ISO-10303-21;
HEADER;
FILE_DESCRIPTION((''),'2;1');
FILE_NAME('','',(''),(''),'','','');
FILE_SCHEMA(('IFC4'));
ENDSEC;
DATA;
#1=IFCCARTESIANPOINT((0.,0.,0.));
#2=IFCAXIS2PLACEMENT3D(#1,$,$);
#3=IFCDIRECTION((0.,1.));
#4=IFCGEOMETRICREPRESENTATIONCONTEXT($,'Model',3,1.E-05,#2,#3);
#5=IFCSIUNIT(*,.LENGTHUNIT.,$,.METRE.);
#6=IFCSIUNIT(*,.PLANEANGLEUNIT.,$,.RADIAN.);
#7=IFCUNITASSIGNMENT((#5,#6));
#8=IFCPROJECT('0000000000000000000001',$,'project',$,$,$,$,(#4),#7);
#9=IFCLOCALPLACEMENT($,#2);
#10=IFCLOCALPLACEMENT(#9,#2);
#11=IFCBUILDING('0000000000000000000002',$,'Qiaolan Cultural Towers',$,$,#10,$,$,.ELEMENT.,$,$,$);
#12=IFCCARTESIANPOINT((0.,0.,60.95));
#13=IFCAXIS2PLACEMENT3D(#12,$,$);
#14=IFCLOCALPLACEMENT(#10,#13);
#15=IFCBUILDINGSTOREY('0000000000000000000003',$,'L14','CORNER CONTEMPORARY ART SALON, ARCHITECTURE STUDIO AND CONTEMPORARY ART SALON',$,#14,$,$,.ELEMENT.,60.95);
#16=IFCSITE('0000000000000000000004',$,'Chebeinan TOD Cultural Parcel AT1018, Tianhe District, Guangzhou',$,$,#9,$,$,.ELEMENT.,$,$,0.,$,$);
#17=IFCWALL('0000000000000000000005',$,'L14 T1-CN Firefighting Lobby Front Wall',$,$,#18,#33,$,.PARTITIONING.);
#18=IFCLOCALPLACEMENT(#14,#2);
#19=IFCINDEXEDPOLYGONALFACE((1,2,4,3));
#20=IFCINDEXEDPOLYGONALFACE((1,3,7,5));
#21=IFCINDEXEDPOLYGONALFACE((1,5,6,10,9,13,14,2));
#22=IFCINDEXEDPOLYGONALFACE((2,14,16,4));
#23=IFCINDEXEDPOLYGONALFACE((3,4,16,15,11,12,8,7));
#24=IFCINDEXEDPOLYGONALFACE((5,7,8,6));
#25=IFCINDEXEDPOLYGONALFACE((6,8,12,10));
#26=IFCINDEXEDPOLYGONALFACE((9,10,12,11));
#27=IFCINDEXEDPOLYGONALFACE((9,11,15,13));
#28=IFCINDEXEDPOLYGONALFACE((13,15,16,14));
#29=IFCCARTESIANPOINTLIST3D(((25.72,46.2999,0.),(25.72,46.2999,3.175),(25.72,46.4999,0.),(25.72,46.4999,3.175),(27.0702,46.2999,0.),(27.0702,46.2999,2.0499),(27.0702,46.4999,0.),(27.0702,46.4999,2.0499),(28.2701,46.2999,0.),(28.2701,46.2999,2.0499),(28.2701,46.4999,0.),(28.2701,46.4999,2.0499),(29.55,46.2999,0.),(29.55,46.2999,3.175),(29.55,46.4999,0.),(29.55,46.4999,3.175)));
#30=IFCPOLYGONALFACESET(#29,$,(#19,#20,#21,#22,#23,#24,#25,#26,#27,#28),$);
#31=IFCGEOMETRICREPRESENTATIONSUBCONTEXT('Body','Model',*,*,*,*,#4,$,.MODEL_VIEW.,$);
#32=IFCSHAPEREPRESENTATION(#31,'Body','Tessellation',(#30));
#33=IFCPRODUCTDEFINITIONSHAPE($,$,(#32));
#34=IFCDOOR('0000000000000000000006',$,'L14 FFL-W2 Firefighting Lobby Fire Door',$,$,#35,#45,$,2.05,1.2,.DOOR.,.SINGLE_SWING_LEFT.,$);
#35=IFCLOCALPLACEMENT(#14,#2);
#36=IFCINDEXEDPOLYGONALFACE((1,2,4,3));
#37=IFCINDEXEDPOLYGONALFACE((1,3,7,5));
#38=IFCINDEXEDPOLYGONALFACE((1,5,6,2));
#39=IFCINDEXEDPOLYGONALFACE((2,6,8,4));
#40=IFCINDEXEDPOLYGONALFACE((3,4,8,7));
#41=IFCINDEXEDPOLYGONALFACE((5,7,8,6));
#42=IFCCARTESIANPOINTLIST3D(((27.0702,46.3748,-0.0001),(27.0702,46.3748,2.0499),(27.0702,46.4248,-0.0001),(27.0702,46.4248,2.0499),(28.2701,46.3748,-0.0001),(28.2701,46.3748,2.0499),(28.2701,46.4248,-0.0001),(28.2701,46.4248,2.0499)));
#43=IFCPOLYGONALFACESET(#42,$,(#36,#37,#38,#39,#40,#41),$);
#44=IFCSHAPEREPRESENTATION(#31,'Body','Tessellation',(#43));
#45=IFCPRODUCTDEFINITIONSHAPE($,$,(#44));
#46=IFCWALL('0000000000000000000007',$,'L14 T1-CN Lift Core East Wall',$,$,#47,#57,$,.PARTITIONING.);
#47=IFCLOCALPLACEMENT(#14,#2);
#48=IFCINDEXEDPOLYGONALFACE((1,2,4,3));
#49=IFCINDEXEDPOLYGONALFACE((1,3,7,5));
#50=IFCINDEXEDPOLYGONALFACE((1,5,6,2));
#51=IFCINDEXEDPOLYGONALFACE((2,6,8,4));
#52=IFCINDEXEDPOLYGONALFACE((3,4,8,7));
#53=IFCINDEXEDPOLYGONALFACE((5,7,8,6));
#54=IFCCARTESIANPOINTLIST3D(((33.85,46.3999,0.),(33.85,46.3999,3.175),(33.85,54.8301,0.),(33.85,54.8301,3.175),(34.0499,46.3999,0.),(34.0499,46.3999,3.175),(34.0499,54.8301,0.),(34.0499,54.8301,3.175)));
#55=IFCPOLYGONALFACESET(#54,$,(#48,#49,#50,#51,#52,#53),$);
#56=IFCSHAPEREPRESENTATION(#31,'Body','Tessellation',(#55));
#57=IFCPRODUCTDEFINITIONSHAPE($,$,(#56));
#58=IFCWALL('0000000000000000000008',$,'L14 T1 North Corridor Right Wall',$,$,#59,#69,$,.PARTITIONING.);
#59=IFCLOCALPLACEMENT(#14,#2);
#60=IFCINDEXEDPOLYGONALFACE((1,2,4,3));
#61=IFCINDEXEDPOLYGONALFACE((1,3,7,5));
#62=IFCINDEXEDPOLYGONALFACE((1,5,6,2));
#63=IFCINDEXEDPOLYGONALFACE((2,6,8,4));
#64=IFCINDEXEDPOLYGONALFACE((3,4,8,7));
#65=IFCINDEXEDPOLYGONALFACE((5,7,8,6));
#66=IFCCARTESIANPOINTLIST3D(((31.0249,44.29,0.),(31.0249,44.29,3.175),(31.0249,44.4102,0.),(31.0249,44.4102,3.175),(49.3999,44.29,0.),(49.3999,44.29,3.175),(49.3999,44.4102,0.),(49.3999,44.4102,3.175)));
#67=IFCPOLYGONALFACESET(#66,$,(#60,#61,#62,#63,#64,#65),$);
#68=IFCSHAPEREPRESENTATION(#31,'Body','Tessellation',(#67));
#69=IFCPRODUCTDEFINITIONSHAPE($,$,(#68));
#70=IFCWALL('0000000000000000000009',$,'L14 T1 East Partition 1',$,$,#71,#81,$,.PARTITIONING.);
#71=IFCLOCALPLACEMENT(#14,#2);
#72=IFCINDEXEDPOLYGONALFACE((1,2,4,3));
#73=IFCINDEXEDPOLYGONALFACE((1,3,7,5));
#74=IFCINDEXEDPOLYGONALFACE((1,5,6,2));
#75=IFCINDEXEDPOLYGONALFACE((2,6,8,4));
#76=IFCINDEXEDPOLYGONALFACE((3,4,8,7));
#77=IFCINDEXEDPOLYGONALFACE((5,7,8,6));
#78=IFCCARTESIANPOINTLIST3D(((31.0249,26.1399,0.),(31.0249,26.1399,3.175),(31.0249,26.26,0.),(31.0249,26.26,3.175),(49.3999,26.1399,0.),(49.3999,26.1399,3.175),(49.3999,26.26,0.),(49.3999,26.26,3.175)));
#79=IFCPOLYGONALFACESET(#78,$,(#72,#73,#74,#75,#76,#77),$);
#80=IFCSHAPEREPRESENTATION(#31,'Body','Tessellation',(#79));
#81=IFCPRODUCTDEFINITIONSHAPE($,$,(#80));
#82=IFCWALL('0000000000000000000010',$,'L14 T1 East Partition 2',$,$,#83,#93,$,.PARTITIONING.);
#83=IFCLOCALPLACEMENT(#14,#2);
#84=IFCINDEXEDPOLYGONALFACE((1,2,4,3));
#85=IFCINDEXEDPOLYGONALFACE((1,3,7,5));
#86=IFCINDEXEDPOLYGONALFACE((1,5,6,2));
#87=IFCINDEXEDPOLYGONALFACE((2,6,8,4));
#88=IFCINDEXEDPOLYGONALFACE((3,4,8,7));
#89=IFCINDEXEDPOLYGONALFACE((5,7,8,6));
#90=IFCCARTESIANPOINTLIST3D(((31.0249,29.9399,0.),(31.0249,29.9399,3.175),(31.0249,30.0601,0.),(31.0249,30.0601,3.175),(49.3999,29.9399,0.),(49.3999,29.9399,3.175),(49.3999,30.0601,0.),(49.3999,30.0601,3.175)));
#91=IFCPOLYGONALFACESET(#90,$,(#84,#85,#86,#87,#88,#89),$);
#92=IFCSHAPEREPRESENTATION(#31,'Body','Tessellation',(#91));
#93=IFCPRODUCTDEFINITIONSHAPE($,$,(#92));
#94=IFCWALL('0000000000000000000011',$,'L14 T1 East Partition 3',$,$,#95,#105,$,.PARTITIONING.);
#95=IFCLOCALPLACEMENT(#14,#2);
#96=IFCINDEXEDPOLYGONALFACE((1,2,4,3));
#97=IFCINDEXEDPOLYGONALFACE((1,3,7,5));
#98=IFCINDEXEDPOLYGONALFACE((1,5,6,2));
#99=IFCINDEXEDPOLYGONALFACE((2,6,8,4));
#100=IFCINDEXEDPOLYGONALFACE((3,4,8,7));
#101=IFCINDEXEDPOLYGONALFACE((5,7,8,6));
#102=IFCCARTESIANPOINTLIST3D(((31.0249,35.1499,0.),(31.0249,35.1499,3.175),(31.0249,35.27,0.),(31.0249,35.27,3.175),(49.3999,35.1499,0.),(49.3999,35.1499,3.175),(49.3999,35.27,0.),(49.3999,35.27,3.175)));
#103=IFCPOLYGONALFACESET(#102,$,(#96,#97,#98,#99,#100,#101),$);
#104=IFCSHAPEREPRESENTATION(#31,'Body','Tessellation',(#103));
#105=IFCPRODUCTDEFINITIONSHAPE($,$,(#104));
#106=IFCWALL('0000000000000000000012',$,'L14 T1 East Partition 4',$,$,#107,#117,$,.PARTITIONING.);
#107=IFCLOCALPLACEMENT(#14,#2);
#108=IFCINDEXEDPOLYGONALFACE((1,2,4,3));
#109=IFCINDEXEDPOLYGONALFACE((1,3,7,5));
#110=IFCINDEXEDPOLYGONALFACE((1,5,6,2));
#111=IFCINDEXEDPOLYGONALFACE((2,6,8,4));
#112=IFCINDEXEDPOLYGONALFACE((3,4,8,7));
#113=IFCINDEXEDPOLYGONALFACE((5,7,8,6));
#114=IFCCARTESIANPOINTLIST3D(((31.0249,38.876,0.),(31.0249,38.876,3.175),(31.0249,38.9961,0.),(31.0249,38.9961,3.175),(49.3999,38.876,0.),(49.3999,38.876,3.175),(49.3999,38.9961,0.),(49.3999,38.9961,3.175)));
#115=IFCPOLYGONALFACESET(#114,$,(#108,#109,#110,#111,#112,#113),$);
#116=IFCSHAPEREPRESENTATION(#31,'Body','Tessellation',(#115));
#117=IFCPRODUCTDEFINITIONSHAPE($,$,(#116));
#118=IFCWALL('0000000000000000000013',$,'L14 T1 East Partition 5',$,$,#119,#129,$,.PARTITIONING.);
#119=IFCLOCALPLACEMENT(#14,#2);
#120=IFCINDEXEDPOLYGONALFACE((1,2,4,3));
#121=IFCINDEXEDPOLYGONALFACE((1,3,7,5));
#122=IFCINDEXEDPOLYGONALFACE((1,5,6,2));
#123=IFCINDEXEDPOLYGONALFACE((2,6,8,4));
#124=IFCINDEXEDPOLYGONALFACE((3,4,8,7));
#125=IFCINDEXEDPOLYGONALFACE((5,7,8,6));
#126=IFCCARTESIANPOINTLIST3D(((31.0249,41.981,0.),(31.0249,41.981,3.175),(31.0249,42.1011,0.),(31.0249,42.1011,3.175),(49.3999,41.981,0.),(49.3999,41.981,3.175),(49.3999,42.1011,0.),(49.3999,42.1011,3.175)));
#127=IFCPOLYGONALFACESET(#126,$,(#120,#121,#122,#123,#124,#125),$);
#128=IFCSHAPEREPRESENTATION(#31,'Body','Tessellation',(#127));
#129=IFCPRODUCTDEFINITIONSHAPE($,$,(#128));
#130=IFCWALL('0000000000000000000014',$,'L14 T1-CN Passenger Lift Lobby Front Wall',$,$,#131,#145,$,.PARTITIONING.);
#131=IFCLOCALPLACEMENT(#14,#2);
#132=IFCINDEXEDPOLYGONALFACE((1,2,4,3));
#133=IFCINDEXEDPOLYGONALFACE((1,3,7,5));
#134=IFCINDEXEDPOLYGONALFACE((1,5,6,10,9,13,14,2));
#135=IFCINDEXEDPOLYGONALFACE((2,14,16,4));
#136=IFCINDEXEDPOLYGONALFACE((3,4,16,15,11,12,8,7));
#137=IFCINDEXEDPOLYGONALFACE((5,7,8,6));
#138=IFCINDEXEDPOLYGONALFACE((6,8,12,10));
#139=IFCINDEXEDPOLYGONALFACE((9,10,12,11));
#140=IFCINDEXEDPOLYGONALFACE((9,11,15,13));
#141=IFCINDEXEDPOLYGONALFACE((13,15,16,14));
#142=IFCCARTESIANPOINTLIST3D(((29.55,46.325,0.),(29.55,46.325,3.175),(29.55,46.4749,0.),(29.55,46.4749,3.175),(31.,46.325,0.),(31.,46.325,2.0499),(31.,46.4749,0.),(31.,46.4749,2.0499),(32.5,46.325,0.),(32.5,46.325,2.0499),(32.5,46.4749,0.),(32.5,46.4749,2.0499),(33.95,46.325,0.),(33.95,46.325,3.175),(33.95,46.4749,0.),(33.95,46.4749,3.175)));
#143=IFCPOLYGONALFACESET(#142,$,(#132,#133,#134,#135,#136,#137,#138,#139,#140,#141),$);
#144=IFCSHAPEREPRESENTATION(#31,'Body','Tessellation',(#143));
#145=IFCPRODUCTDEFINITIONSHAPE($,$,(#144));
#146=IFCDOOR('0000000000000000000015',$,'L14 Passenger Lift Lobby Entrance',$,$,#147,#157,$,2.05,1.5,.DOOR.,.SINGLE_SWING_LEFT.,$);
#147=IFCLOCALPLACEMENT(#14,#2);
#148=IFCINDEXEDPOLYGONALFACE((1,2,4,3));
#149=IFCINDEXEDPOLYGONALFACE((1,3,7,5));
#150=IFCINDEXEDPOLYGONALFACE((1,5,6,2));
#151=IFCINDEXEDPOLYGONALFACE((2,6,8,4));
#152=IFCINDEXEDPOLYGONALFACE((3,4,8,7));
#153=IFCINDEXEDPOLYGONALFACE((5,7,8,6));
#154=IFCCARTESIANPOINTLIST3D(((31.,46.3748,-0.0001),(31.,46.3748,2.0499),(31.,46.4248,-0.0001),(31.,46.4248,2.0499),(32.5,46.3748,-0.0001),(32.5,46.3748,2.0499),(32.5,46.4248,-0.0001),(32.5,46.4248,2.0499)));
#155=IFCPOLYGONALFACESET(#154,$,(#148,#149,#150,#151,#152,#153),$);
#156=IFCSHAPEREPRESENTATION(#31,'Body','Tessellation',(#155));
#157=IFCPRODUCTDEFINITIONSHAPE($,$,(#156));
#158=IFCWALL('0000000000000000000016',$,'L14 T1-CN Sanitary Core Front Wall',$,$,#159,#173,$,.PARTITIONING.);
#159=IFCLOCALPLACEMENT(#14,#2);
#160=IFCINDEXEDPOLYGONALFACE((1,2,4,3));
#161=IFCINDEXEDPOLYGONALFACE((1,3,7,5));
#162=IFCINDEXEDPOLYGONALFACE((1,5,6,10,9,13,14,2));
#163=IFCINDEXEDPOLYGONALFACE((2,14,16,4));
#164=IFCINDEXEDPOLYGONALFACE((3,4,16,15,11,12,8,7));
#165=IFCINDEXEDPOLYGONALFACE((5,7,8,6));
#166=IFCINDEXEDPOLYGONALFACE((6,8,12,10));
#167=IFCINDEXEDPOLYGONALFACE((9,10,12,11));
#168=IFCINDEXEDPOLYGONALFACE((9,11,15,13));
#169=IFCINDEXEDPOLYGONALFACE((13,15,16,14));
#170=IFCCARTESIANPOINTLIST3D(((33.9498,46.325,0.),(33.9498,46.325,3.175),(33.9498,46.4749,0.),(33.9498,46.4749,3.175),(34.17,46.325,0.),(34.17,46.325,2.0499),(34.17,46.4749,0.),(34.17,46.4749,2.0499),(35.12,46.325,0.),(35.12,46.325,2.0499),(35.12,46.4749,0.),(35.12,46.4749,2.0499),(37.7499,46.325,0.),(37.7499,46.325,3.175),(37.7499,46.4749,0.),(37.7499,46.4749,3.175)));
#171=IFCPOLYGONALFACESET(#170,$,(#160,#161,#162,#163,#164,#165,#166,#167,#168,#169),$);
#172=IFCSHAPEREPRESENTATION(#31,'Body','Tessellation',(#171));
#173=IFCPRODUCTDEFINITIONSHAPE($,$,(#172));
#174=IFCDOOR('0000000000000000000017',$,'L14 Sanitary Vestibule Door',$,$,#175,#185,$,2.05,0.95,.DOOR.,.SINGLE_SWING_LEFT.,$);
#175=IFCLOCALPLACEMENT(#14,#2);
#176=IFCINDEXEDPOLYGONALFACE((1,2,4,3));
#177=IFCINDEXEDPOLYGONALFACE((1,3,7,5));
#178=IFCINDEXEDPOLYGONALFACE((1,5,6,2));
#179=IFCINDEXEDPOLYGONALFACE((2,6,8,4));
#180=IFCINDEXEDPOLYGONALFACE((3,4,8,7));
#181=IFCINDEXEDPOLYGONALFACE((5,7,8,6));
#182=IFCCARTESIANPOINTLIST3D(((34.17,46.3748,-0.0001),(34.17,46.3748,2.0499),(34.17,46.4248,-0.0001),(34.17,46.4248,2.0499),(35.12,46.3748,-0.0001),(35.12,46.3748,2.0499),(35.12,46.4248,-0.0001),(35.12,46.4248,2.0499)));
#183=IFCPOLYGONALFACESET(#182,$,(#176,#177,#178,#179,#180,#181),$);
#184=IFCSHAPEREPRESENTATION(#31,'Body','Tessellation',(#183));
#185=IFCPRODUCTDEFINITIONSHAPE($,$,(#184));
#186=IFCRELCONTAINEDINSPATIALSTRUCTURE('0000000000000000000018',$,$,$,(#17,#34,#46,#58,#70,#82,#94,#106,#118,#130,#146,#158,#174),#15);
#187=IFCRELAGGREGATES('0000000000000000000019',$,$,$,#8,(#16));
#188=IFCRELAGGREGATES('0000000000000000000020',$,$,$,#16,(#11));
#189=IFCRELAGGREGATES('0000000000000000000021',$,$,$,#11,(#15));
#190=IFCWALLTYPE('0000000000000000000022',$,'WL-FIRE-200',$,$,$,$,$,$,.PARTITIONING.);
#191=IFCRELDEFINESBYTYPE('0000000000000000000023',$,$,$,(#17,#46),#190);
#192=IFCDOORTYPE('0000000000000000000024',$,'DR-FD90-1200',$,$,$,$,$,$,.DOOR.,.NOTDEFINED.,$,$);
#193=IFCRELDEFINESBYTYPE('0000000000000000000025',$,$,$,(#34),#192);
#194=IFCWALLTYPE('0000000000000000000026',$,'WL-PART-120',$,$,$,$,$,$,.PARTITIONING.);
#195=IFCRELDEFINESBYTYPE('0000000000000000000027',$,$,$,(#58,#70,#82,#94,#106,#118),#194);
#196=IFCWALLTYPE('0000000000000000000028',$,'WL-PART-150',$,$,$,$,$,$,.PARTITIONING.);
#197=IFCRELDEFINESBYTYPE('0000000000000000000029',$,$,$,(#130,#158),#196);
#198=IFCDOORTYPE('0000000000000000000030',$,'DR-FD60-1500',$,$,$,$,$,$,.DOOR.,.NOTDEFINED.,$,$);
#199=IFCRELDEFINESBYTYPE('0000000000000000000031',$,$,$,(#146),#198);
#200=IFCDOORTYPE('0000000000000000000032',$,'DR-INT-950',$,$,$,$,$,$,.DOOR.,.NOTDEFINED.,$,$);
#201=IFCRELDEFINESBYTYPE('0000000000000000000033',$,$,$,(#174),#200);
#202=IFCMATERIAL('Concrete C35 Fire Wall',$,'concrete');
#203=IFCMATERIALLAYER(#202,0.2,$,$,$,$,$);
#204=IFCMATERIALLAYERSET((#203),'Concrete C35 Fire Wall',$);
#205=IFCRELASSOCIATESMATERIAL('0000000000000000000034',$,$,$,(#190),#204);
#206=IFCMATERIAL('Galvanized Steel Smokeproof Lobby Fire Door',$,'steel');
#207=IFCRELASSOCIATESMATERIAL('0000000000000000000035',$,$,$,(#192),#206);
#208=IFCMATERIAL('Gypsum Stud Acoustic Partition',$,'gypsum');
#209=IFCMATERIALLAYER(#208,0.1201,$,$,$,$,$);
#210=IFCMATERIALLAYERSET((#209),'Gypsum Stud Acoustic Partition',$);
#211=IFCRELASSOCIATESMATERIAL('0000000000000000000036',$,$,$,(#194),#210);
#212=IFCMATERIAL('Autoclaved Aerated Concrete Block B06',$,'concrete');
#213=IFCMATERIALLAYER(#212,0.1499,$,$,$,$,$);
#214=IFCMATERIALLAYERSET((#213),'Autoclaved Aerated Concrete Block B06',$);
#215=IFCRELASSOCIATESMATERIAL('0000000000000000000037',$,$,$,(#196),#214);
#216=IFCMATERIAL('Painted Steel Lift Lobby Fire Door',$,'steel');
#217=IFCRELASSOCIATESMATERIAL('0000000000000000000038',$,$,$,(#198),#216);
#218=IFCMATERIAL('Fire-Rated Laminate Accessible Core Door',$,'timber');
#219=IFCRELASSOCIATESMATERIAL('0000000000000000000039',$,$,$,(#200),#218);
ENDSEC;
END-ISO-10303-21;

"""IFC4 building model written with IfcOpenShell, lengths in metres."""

from ifc_helpers import new_model, si_unit, direction, frame, frame_2d, origin, place, context, subcontext, project, spatial, rectangle, extrude, material, layer, layer_set, type_object, element, fill, save


model = new_model("IFC4")

# Units and contexts
model_context = context("Model", 3, precision=1e-05, world=origin(), true_north=direction((0.0, 1.0)))
body_context = subcontext(model_context, "Body", "Model", "MODEL_VIEW")
ifc_project = project(units=[si_unit("LENGTHUNIT", "METRE"), si_unit("PLANEANGLEUNIT", "RADIAN")], contexts=[model_context])

# Site, building, storey
site_placement = place(None, origin())
site = spatial("IfcSite", under=ifc_project, at=site_placement, Name="Chebeinan TOD Cultural Parcel AT1018, Tianhe District, Guangzhou", CompositionType="ELEMENT", RefElevation=0.0)
building_placement = place(site_placement, origin())
building = spatial("IfcBuilding", under=site, at=building_placement, Name="Qiaolan Cultural Towers", CompositionType="ELEMENT")
storey_placement = place(building_placement, frame((0.0, 0.0, 60.95)))
storey = spatial("IfcBuildingStorey", under=building, at=storey_placement, Name="L14", Description="CORNER CONTEMPORARY ART SALON, ARCHITECTURE STUDIO AND CONTEMPORARY ART SALON", CompositionType="ELEMENT", Elevation=60.95)

# Shared definitions
ifc_material_1 = material(Name="Concrete C35 Fire Wall", Category="concrete")
ifc_layer_1 = layer(ifc_material_1, 0.2)
ifc_layer_set_1 = layer_set([ifc_layer_1], Name="Concrete C35 Fire Wall")
wall_type_1 = type_object("IfcWallType", Name="WL-FIRE-200", PredefinedType="PARTITIONING", material=ifc_layer_set_1)

# Wall, opening, door
wall_1_placement = place(storey_placement, frame((25.72, 46.3999, 0.0), z_axis=(0.0, 0.0, 1.0), x_axis=(1.0, 0.0, 0.0)))
wall_1 = element("IfcWall", 1, at=wall_1_placement, inside=storey, type_object=wall_type_1, Name="L14 T1-CN Firefighting Lobby Front Wall", PredefinedType="PARTITIONING", context=body_context, shape_type="SweptSolid", body=[
    extrude(rectangle(XDim=3.8301, YDim=0.2, at=frame_2d((1.915, 0.0))), origin(), (0.0, 0.0, 1.0), 3.175),
])
opening_1_placement = place(wall_1_placement, frame((1.3501, 0.0, 0.0)))
opening_1 = element("IfcOpeningElement", 2, at=opening_1_placement, cuts=wall_1, PredefinedType="OPENING", context=body_context, shape_type="SweptSolid", body=[
    extrude(rectangle(XDim=1.2, YDim=2.05, at=frame_2d((0.6001, 1.0249))), frame((0.0, 0.1099, 0.0), z_axis=(0.0, -1.0, 0.0), x_axis=(1.0, 0.0, 0.0)), (0.0, 0.0, 1.0), 0.22),
])
ifc_material_2 = material(Name="Galvanized Steel Smokeproof Lobby Fire Door", Category="steel")
door_type_1 = type_object("IfcDoorType", Name="DR-FD90-1200", OperationType="NOTDEFINED", PredefinedType="DOOR", material=ifc_material_2)
door_1_placement = place(opening_1_placement, origin())
door_1 = element("IfcDoor", 3, at=door_1_placement, inside=storey, type_object=door_type_1, Name="L14 FFL-W2 Firefighting Lobby Fire Door", OperationType="SINGLE_SWING_LEFT", OverallHeight=2.05, OverallWidth=1.2, PredefinedType="DOOR", context=body_context, shape_type="SweptSolid", body=[
    extrude(rectangle(XDim=1.2, YDim=2.05, at=frame_2d((0.6001, 1.0249))), frame((0.0, 0.0249, 0.0), z_axis=(0.0, -1.0, 0.0), x_axis=(1.0, 0.0, 0.0)), (0.0, 0.0, 1.0), 0.05),
])
fill(opening_1, door_1)

# Walls
wall_2_placement = place(storey_placement, frame((33.95, 46.3999, 0.0), z_axis=(0.0, 0.0, 1.0), x_axis=(0.0, 1.0, 0.0)))
element("IfcWall", 4, at=wall_2_placement, inside=storey, type_object=wall_type_1, Name="L14 T1-CN Lift Core East Wall", PredefinedType="PARTITIONING", context=body_context, shape_type="SweptSolid", body=[
    extrude(rectangle(XDim=8.4302, YDim=0.2, at=frame_2d((4.2151, 0.0))), origin(), (0.0, 0.0, 1.0), 3.175),
])
ifc_material_3 = material(Name="Gypsum Stud Acoustic Partition", Category="gypsum")
ifc_layer_2 = layer(ifc_material_3, 0.1201)
ifc_layer_set_2 = layer_set([ifc_layer_2], Name="Gypsum Stud Acoustic Partition")
wall_type_2 = type_object("IfcWallType", Name="WL-PART-120", PredefinedType="PARTITIONING", material=ifc_layer_set_2)
for number, where, z_axis, x_axis, name in (
    (5, (31.0249, 44.3501, 0.0), (0.0, 0.0, 1.0), (1.0, 0.0, 0.0), "L14 T1 North Corridor Right Wall"),
    (6, (31.0249, 26.2, 0.0), (0.0, 0.0, 1.0), (1.0, 0.0, 0.0), "L14 T1 East Partition 1"),
    (7, (31.0249, 30.0, 0.0), (0.0, 0.0, 1.0), (1.0, 0.0, 0.0), "L14 T1 East Partition 2"),
    (8, (31.0249, 35.21, 0.0), (0.0, 0.0, 1.0), (1.0, 0.0, 0.0), "L14 T1 East Partition 3"),
    (9, (31.0249, 38.936, 0.0), (0.0, 0.0, 1.0), (1.0, 0.0, 0.0), "L14 T1 East Partition 4"),
    (10, (31.0249, 42.041, 0.0), (0.0, 0.0, 1.0), (1.0, 0.0, 0.0), "L14 T1 East Partition 5"),
):
    element("IfcWall", number, at=place(storey_placement, frame(where, z_axis=z_axis, x_axis=x_axis)), inside=storey, type_object=wall_type_2, Name=name, PredefinedType="PARTITIONING", context=body_context, shape_type="SweptSolid", body=[
        extrude(rectangle(XDim=18.375, YDim=0.1201, at=frame_2d((9.1875, 0.0))), origin(), (0.0, 0.0, 1.0), 3.175),
    ])

# Walls, openings, doors
ifc_material_4 = material(Name="Autoclaved Aerated Concrete Block B06", Category="concrete")
ifc_layer_3 = layer(ifc_material_4, 0.1499)
ifc_layer_set_3 = layer_set([ifc_layer_3], Name="Autoclaved Aerated Concrete Block B06")
wall_type_3 = type_object("IfcWallType", Name="WL-PART-150", PredefinedType="PARTITIONING", material=ifc_layer_set_3)
wall_3_placement = place(storey_placement, frame((29.55, 46.3999, 0.0), z_axis=(0.0, 0.0, 1.0), x_axis=(1.0, 0.0, 0.0)))
wall_3 = element("IfcWall", 11, at=wall_3_placement, inside=storey, type_object=wall_type_3, Name="L14 T1-CN Passenger Lift Lobby Front Wall", PredefinedType="PARTITIONING", context=body_context, shape_type="SweptSolid", body=[
    extrude(rectangle(XDim=4.3999, YDim=0.1499, at=frame_2d((2.2, 0.0))), origin(), (0.0, 0.0, 1.0), 3.175),
])
opening_2_placement = place(wall_3_placement, frame((1.45, 0.0, 0.0)))
opening_2 = element("IfcOpeningElement", 12, at=opening_2_placement, cuts=wall_3, PredefinedType="OPENING", context=body_context, shape_type="SweptSolid", body=[
    extrude(rectangle(XDim=1.5, YDim=2.05, at=frame_2d((0.75, 1.0249))), frame((0.0, 0.085, 0.0), z_axis=(0.0, -1.0, 0.0), x_axis=(1.0, 0.0, 0.0)), (0.0, 0.0, 1.0), 0.1699),
])
ifc_material_5 = material(Name="Painted Steel Lift Lobby Fire Door", Category="steel")
door_type_2 = type_object("IfcDoorType", Name="DR-FD60-1500", OperationType="NOTDEFINED", PredefinedType="DOOR", material=ifc_material_5)
door_2_placement = place(opening_2_placement, origin())
door_2 = element("IfcDoor", 13, at=door_2_placement, inside=storey, type_object=door_type_2, Name="L14 Passenger Lift Lobby Entrance", OperationType="SINGLE_SWING_LEFT", OverallHeight=2.05, OverallWidth=1.5, PredefinedType="DOOR", context=body_context, shape_type="SweptSolid", body=[
    extrude(rectangle(XDim=1.5, YDim=2.05, at=frame_2d((0.75, 1.0249))), frame((0.0, 0.0249, 0.0), z_axis=(0.0, -1.0, 0.0), x_axis=(1.0, 0.0, 0.0)), (0.0, 0.0, 1.0), 0.05),
])
fill(opening_2, door_2)
wall_4_placement = place(storey_placement, frame((33.95, 46.3999, 0.0), z_axis=(0.0, 0.0, 1.0), x_axis=(1.0, 0.0, 0.0)))
wall_4 = element("IfcWall", 14, at=wall_4_placement, inside=storey, type_object=wall_type_3, Name="L14 T1-CN Sanitary Core Front Wall", PredefinedType="PARTITIONING", context=body_context, shape_type="SweptSolid", body=[
    extrude(rectangle(XDim=3.8, YDim=0.1499, at=frame_2d((1.8999, 0.0))), origin(), (0.0, 0.0, 1.0), 3.175),
])
opening_3_placement = place(wall_4_placement, frame((0.22, 0.0, 0.0)))
opening_3 = element("IfcOpeningElement", 15, at=opening_3_placement, cuts=wall_4, PredefinedType="OPENING", context=body_context, shape_type="SweptSolid", body=[
    extrude(rectangle(XDim=0.95, YDim=2.05, at=frame_2d((0.4751, 1.0249))), frame((0.0, 0.085, 0.0), z_axis=(0.0, -1.0, 0.0), x_axis=(1.0, 0.0, 0.0)), (0.0, 0.0, 1.0), 0.1699),
])
ifc_material_6 = material(Name="Fire-Rated Laminate Accessible Core Door", Category="timber")
door_type_3 = type_object("IfcDoorType", Name="DR-INT-950", OperationType="NOTDEFINED", PredefinedType="DOOR", material=ifc_material_6)
door_3_placement = place(opening_3_placement, origin())
door_3 = element("IfcDoor", 16, at=door_3_placement, inside=storey, type_object=door_type_3, Name="L14 Sanitary Vestibule Door", OperationType="SINGLE_SWING_LEFT", OverallHeight=2.05, OverallWidth=0.95, PredefinedType="DOOR", context=body_context, shape_type="SweptSolid", body=[
    extrude(rectangle(XDim=0.95, YDim=2.05, at=frame_2d((0.4751, 1.0249))), frame((0.0, 0.0249, 0.0), z_axis=(0.0, -1.0, 0.0), x_axis=(1.0, 0.0, 0.0)), (0.0, 0.0, 1.0), 0.05),
])
fill(opening_3, door_3)

save(model, "model.ifc")
